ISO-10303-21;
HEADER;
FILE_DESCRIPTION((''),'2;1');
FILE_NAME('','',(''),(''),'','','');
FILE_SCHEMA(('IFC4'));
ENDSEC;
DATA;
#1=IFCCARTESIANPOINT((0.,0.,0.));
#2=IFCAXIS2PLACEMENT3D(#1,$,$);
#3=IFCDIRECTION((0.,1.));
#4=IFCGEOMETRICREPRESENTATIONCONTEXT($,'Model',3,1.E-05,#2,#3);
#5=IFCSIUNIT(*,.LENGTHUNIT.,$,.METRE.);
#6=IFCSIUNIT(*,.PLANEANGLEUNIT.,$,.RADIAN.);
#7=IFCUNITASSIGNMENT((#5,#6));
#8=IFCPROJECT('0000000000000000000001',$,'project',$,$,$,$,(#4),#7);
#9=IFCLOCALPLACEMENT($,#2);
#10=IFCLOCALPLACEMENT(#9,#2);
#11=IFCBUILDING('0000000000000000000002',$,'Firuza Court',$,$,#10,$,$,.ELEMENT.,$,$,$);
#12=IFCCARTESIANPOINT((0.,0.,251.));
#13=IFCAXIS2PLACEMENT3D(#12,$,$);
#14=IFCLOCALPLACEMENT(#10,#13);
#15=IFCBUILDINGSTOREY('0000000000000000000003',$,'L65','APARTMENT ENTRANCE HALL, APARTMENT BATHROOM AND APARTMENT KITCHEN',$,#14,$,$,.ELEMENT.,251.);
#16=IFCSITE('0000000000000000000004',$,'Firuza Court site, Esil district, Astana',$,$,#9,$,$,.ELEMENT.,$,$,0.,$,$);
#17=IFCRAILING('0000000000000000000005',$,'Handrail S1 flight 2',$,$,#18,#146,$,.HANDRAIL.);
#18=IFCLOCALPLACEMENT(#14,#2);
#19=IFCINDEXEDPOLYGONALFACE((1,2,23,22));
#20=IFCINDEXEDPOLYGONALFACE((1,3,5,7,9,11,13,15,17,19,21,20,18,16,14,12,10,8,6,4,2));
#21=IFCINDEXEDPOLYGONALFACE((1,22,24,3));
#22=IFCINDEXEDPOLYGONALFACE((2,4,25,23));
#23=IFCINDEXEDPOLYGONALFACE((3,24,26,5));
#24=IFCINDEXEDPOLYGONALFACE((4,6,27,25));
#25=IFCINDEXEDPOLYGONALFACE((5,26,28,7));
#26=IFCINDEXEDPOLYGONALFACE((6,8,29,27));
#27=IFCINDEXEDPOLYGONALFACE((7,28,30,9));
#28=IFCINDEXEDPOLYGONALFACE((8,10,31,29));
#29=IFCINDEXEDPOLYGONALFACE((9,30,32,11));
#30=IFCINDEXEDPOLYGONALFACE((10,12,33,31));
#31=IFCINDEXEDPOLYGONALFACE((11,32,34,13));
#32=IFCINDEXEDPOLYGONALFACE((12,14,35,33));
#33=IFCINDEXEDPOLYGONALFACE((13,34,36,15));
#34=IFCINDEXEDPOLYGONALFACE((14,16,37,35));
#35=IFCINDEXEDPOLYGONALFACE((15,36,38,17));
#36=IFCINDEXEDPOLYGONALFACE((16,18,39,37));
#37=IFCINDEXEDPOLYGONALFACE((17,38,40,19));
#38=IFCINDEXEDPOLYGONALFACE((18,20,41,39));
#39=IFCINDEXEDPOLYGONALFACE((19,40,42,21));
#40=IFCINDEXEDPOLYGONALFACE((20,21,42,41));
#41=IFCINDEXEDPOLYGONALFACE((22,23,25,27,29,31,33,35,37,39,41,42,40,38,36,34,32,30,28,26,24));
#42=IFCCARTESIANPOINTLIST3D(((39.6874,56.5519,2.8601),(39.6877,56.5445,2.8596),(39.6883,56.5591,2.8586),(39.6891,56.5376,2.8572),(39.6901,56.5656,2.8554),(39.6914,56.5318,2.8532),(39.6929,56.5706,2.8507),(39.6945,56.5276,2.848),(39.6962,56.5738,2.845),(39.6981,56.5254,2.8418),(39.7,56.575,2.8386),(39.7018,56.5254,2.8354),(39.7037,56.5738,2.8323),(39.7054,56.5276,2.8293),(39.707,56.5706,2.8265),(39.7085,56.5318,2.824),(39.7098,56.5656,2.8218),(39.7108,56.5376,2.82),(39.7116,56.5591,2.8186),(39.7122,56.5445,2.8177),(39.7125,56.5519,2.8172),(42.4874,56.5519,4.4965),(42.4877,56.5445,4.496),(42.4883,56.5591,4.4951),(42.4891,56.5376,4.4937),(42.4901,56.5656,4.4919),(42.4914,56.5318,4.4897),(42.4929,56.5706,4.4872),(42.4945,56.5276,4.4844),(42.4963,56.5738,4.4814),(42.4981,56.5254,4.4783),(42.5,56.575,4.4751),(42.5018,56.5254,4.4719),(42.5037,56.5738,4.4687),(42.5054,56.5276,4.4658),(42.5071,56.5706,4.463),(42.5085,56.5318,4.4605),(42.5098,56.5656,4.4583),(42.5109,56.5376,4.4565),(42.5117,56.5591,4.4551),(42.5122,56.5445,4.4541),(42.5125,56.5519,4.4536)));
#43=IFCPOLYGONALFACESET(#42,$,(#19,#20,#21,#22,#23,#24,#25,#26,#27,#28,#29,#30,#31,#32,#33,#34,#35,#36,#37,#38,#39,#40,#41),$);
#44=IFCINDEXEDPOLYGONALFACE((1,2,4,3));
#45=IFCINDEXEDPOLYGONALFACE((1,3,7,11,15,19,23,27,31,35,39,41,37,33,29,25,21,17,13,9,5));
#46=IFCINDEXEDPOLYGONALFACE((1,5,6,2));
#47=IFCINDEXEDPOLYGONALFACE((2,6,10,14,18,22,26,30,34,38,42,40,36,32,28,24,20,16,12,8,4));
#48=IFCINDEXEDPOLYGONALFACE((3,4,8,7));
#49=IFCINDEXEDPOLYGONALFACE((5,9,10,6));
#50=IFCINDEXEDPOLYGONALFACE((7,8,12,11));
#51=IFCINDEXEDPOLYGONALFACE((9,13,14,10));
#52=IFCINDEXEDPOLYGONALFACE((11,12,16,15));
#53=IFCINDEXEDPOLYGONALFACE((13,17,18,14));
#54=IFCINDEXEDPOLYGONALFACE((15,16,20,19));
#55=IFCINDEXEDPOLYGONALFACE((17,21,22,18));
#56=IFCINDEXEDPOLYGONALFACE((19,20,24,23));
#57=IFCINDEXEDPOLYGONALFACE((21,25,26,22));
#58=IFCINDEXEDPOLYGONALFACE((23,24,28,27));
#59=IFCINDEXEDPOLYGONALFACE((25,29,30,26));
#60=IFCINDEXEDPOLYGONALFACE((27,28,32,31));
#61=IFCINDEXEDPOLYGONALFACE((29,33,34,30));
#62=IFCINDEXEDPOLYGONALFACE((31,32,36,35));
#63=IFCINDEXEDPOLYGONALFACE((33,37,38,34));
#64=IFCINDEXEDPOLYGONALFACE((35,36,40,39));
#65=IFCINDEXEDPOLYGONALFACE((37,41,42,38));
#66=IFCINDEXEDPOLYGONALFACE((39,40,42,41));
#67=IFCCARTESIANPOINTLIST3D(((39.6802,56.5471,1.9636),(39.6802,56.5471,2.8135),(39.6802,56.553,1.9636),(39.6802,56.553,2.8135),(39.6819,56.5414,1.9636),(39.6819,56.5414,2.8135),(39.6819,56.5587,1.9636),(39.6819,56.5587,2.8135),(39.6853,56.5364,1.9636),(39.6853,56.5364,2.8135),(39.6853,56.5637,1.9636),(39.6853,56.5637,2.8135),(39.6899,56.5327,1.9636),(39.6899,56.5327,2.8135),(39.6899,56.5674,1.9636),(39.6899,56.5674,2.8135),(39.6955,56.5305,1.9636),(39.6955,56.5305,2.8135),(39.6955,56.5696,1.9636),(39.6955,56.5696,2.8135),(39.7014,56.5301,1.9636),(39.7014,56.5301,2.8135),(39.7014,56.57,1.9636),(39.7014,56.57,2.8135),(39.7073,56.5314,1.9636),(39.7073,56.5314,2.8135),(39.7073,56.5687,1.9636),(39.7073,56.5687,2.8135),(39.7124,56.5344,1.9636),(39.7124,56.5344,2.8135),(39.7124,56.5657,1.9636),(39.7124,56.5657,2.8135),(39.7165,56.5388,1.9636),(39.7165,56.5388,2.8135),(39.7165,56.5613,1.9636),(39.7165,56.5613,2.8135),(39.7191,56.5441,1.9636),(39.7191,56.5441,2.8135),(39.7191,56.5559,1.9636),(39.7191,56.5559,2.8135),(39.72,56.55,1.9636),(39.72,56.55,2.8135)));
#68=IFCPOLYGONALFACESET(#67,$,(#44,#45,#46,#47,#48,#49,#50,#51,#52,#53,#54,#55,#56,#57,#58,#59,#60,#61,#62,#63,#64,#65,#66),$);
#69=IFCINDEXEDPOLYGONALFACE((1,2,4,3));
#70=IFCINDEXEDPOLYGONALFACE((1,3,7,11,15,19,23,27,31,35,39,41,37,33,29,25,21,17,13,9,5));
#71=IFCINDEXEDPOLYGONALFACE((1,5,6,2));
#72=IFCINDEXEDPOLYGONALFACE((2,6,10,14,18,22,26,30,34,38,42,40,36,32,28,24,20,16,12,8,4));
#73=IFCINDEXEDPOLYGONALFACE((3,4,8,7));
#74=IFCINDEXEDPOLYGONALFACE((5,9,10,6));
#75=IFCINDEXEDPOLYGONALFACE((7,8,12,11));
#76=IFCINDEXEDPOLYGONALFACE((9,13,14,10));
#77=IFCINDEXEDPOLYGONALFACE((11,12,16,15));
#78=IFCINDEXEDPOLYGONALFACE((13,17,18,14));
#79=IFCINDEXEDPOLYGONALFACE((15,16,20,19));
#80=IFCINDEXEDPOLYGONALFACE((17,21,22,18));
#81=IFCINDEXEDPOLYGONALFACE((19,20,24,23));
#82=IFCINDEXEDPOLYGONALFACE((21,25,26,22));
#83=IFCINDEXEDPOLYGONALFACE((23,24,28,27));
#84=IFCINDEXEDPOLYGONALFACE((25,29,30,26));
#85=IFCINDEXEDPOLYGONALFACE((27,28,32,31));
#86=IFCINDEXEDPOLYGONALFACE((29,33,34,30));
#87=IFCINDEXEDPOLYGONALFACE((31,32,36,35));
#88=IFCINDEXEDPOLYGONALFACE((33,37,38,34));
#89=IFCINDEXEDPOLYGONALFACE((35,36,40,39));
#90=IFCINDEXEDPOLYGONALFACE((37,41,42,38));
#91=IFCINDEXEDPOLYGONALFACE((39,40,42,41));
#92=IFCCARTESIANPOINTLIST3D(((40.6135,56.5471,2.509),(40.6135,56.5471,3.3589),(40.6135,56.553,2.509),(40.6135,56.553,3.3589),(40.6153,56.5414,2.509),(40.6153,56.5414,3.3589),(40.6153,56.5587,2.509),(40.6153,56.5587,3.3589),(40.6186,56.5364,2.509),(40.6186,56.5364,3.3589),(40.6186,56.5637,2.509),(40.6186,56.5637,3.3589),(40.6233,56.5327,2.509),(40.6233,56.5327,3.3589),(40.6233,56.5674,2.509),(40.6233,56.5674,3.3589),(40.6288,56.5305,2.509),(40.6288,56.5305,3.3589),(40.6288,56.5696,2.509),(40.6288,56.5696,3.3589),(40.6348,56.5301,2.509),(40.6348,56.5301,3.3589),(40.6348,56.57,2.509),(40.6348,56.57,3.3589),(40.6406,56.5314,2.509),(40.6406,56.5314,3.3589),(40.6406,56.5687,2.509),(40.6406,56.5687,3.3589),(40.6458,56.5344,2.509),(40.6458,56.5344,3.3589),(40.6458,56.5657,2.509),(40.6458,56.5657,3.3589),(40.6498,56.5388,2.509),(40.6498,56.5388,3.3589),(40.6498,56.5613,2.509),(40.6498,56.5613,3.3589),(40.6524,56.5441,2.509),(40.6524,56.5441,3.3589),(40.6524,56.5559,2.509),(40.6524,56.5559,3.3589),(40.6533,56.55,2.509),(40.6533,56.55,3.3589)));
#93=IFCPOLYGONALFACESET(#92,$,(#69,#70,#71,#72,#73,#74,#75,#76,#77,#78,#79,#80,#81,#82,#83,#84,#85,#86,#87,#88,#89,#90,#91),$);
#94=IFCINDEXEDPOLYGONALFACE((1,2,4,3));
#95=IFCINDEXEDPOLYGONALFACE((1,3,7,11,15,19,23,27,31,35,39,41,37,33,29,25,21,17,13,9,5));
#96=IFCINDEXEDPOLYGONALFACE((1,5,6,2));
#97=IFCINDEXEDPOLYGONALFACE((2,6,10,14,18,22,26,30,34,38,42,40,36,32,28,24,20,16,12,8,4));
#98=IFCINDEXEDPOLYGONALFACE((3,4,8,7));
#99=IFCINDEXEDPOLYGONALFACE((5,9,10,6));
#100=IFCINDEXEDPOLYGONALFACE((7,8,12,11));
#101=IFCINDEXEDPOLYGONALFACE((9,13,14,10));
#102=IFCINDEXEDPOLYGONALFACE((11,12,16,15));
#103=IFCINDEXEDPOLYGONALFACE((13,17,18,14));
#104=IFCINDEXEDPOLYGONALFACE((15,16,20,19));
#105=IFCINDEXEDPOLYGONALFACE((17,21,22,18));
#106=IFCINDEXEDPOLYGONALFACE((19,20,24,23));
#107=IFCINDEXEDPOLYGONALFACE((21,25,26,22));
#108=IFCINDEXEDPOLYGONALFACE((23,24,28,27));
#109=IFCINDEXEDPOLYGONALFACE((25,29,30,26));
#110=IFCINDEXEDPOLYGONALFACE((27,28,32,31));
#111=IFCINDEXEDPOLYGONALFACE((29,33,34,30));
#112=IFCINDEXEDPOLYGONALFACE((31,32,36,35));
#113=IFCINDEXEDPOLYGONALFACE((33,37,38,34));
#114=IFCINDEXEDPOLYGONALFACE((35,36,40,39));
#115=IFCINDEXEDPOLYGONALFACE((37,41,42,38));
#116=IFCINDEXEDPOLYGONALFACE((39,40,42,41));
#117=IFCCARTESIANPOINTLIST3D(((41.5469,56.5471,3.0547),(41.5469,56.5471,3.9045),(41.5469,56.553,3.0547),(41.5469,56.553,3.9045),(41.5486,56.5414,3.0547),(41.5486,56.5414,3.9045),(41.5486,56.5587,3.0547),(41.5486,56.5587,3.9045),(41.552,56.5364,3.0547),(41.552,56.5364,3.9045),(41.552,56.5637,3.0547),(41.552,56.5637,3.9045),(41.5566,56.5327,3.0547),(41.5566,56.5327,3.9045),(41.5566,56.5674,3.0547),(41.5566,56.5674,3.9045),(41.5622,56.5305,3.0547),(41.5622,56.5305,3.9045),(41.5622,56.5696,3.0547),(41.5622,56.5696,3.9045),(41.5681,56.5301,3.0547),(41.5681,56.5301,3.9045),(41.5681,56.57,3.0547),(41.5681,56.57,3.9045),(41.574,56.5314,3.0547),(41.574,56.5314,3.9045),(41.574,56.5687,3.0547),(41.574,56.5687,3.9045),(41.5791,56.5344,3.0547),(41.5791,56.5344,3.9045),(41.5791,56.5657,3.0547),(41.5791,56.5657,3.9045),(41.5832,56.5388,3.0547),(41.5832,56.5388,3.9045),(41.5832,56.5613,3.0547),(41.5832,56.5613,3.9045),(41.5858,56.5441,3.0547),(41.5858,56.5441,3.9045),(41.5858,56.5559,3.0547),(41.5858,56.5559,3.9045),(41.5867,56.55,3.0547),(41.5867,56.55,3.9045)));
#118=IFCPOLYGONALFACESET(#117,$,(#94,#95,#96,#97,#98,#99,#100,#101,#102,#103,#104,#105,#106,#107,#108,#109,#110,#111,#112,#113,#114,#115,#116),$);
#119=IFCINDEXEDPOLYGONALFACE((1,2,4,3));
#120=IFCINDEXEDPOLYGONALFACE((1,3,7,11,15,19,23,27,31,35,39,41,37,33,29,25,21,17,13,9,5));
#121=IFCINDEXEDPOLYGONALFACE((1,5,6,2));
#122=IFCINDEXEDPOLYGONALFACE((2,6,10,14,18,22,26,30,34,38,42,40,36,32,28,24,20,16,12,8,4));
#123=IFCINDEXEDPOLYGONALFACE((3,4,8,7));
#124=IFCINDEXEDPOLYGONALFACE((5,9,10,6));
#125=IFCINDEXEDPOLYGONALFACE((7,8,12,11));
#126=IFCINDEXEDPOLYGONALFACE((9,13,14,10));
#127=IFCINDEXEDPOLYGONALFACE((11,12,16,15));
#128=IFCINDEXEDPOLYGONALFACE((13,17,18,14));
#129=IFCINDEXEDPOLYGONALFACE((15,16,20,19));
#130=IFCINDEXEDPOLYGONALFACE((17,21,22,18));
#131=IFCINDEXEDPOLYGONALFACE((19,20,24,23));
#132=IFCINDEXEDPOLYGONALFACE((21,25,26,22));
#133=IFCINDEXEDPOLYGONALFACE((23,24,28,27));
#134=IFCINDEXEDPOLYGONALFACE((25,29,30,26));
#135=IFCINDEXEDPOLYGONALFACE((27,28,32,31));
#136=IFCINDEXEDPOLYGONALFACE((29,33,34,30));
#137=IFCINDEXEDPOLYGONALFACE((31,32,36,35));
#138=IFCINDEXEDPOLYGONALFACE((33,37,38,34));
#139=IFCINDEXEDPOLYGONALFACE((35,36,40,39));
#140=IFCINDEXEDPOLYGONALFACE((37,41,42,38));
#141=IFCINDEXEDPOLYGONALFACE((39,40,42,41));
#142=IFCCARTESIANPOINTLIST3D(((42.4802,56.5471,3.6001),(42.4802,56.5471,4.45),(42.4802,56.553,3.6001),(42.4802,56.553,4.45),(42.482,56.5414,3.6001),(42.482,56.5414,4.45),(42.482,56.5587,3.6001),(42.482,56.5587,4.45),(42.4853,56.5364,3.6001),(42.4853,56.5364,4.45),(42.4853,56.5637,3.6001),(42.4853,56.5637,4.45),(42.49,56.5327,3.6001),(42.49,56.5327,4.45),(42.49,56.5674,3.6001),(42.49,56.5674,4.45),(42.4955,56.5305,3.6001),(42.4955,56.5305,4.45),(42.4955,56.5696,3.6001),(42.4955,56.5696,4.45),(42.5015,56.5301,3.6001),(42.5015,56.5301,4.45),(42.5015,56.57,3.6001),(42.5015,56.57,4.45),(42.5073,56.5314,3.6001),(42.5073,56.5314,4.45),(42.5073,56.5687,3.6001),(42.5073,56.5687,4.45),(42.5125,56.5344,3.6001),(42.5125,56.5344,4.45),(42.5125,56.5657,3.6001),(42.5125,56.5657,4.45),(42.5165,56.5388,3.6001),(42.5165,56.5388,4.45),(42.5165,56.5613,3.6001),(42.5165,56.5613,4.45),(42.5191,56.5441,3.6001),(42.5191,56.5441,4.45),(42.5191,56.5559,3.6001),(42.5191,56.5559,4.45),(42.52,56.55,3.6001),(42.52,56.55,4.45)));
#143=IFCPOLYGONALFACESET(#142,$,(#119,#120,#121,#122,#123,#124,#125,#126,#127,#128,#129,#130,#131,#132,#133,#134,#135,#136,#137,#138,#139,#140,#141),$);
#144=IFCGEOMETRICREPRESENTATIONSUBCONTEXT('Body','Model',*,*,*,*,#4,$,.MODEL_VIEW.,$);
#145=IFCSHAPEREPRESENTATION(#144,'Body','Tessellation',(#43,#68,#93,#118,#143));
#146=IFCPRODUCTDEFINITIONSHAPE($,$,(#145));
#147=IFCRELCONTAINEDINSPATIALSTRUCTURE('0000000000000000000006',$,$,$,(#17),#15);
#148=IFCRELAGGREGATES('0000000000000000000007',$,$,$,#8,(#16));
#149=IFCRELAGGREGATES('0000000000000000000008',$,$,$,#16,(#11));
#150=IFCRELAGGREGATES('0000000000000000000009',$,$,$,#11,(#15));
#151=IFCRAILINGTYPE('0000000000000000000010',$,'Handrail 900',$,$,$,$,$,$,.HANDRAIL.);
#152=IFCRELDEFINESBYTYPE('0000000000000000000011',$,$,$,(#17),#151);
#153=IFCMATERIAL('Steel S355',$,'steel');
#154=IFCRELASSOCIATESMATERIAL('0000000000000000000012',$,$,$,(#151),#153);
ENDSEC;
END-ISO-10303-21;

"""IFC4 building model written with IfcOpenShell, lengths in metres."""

from ifc_helpers import new_model, si_unit, direction, frame, origin, origin_2d, place, context, subcontext, project, spatial, circle, extrude, material, type_object, element, save


model = new_model("IFC4")

# Units and contexts
model_context = context("Model", 3, precision=1e-05, world=origin(), true_north=direction((0.0, 1.0)))
body_context = subcontext(model_context, "Body", "Model", "MODEL_VIEW")
ifc_project = project(units=[si_unit("LENGTHUNIT", "METRE"), si_unit("PLANEANGLEUNIT", "RADIAN")], contexts=[model_context])

# Site, building, storey
site_placement = place(None, origin())
site = spatial("IfcSite", under=ifc_project, at=site_placement, Name="Firuza Court site, Esil district, Astana", CompositionType="ELEMENT", RefElevation=0.0)
building_placement = place(site_placement, origin())
building = spatial("IfcBuilding", under=site, at=building_placement, Name="Firuza Court", CompositionType="ELEMENT")
storey_placement = place(building_placement, frame((0.0, 0.0, 251.0)))
storey = spatial("IfcBuildingStorey", under=building, at=storey_placement, Name="L65", Description="APARTMENT ENTRANCE HALL, APARTMENT BATHROOM AND APARTMENT KITCHEN", CompositionType="ELEMENT", Elevation=251.0)

# Railing
ifc_material_1 = material(Name="Steel S355", Category="steel")
railing_type_1 = type_object("IfcRailingType", Name="Handrail 900", PredefinedType="HANDRAIL", material=ifc_material_1)
railing_1_placement = place(storey_placement, frame((39.7, 56.55, 1.9636)))
element("IfcRailing", 1, at=railing_1_placement, inside=storey, type_object=railing_type_1, Name="Handrail S1 flight 2", PredefinedType="HANDRAIL", context=body_context, shape_type="SweptSolid", body=[
    extrude(circle(Radius=0.0249, at=origin_2d()), frame((0.0, 0.0, 0.875), z_axis=(0.863361, 0.0, 0.504587), x_axis=(0.0, 1.0, 0.0)), (0.0, 0.0, 1.0), 3.2432),
    extrude(circle(Radius=0.02, at=origin_2d()), origin(), (0.0, 0.0, 1.0), 0.8499),
    extrude(circle(Radius=0.02, at=origin_2d()), frame((0.9333, 0.0, 0.5454)), (0.0, 0.0, 1.0), 0.8499),
    extrude(circle(Radius=0.02, at=origin_2d()), frame((1.8667, 0.0, 1.0911)), (0.0, 0.0, 1.0), 0.8499),
    extrude(circle(Radius=0.02, at=origin_2d()), frame((2.8, 0.0, 1.6365)), (0.0, 0.0, 1.0), 0.8499),
])

save(model, "model.ifc")
